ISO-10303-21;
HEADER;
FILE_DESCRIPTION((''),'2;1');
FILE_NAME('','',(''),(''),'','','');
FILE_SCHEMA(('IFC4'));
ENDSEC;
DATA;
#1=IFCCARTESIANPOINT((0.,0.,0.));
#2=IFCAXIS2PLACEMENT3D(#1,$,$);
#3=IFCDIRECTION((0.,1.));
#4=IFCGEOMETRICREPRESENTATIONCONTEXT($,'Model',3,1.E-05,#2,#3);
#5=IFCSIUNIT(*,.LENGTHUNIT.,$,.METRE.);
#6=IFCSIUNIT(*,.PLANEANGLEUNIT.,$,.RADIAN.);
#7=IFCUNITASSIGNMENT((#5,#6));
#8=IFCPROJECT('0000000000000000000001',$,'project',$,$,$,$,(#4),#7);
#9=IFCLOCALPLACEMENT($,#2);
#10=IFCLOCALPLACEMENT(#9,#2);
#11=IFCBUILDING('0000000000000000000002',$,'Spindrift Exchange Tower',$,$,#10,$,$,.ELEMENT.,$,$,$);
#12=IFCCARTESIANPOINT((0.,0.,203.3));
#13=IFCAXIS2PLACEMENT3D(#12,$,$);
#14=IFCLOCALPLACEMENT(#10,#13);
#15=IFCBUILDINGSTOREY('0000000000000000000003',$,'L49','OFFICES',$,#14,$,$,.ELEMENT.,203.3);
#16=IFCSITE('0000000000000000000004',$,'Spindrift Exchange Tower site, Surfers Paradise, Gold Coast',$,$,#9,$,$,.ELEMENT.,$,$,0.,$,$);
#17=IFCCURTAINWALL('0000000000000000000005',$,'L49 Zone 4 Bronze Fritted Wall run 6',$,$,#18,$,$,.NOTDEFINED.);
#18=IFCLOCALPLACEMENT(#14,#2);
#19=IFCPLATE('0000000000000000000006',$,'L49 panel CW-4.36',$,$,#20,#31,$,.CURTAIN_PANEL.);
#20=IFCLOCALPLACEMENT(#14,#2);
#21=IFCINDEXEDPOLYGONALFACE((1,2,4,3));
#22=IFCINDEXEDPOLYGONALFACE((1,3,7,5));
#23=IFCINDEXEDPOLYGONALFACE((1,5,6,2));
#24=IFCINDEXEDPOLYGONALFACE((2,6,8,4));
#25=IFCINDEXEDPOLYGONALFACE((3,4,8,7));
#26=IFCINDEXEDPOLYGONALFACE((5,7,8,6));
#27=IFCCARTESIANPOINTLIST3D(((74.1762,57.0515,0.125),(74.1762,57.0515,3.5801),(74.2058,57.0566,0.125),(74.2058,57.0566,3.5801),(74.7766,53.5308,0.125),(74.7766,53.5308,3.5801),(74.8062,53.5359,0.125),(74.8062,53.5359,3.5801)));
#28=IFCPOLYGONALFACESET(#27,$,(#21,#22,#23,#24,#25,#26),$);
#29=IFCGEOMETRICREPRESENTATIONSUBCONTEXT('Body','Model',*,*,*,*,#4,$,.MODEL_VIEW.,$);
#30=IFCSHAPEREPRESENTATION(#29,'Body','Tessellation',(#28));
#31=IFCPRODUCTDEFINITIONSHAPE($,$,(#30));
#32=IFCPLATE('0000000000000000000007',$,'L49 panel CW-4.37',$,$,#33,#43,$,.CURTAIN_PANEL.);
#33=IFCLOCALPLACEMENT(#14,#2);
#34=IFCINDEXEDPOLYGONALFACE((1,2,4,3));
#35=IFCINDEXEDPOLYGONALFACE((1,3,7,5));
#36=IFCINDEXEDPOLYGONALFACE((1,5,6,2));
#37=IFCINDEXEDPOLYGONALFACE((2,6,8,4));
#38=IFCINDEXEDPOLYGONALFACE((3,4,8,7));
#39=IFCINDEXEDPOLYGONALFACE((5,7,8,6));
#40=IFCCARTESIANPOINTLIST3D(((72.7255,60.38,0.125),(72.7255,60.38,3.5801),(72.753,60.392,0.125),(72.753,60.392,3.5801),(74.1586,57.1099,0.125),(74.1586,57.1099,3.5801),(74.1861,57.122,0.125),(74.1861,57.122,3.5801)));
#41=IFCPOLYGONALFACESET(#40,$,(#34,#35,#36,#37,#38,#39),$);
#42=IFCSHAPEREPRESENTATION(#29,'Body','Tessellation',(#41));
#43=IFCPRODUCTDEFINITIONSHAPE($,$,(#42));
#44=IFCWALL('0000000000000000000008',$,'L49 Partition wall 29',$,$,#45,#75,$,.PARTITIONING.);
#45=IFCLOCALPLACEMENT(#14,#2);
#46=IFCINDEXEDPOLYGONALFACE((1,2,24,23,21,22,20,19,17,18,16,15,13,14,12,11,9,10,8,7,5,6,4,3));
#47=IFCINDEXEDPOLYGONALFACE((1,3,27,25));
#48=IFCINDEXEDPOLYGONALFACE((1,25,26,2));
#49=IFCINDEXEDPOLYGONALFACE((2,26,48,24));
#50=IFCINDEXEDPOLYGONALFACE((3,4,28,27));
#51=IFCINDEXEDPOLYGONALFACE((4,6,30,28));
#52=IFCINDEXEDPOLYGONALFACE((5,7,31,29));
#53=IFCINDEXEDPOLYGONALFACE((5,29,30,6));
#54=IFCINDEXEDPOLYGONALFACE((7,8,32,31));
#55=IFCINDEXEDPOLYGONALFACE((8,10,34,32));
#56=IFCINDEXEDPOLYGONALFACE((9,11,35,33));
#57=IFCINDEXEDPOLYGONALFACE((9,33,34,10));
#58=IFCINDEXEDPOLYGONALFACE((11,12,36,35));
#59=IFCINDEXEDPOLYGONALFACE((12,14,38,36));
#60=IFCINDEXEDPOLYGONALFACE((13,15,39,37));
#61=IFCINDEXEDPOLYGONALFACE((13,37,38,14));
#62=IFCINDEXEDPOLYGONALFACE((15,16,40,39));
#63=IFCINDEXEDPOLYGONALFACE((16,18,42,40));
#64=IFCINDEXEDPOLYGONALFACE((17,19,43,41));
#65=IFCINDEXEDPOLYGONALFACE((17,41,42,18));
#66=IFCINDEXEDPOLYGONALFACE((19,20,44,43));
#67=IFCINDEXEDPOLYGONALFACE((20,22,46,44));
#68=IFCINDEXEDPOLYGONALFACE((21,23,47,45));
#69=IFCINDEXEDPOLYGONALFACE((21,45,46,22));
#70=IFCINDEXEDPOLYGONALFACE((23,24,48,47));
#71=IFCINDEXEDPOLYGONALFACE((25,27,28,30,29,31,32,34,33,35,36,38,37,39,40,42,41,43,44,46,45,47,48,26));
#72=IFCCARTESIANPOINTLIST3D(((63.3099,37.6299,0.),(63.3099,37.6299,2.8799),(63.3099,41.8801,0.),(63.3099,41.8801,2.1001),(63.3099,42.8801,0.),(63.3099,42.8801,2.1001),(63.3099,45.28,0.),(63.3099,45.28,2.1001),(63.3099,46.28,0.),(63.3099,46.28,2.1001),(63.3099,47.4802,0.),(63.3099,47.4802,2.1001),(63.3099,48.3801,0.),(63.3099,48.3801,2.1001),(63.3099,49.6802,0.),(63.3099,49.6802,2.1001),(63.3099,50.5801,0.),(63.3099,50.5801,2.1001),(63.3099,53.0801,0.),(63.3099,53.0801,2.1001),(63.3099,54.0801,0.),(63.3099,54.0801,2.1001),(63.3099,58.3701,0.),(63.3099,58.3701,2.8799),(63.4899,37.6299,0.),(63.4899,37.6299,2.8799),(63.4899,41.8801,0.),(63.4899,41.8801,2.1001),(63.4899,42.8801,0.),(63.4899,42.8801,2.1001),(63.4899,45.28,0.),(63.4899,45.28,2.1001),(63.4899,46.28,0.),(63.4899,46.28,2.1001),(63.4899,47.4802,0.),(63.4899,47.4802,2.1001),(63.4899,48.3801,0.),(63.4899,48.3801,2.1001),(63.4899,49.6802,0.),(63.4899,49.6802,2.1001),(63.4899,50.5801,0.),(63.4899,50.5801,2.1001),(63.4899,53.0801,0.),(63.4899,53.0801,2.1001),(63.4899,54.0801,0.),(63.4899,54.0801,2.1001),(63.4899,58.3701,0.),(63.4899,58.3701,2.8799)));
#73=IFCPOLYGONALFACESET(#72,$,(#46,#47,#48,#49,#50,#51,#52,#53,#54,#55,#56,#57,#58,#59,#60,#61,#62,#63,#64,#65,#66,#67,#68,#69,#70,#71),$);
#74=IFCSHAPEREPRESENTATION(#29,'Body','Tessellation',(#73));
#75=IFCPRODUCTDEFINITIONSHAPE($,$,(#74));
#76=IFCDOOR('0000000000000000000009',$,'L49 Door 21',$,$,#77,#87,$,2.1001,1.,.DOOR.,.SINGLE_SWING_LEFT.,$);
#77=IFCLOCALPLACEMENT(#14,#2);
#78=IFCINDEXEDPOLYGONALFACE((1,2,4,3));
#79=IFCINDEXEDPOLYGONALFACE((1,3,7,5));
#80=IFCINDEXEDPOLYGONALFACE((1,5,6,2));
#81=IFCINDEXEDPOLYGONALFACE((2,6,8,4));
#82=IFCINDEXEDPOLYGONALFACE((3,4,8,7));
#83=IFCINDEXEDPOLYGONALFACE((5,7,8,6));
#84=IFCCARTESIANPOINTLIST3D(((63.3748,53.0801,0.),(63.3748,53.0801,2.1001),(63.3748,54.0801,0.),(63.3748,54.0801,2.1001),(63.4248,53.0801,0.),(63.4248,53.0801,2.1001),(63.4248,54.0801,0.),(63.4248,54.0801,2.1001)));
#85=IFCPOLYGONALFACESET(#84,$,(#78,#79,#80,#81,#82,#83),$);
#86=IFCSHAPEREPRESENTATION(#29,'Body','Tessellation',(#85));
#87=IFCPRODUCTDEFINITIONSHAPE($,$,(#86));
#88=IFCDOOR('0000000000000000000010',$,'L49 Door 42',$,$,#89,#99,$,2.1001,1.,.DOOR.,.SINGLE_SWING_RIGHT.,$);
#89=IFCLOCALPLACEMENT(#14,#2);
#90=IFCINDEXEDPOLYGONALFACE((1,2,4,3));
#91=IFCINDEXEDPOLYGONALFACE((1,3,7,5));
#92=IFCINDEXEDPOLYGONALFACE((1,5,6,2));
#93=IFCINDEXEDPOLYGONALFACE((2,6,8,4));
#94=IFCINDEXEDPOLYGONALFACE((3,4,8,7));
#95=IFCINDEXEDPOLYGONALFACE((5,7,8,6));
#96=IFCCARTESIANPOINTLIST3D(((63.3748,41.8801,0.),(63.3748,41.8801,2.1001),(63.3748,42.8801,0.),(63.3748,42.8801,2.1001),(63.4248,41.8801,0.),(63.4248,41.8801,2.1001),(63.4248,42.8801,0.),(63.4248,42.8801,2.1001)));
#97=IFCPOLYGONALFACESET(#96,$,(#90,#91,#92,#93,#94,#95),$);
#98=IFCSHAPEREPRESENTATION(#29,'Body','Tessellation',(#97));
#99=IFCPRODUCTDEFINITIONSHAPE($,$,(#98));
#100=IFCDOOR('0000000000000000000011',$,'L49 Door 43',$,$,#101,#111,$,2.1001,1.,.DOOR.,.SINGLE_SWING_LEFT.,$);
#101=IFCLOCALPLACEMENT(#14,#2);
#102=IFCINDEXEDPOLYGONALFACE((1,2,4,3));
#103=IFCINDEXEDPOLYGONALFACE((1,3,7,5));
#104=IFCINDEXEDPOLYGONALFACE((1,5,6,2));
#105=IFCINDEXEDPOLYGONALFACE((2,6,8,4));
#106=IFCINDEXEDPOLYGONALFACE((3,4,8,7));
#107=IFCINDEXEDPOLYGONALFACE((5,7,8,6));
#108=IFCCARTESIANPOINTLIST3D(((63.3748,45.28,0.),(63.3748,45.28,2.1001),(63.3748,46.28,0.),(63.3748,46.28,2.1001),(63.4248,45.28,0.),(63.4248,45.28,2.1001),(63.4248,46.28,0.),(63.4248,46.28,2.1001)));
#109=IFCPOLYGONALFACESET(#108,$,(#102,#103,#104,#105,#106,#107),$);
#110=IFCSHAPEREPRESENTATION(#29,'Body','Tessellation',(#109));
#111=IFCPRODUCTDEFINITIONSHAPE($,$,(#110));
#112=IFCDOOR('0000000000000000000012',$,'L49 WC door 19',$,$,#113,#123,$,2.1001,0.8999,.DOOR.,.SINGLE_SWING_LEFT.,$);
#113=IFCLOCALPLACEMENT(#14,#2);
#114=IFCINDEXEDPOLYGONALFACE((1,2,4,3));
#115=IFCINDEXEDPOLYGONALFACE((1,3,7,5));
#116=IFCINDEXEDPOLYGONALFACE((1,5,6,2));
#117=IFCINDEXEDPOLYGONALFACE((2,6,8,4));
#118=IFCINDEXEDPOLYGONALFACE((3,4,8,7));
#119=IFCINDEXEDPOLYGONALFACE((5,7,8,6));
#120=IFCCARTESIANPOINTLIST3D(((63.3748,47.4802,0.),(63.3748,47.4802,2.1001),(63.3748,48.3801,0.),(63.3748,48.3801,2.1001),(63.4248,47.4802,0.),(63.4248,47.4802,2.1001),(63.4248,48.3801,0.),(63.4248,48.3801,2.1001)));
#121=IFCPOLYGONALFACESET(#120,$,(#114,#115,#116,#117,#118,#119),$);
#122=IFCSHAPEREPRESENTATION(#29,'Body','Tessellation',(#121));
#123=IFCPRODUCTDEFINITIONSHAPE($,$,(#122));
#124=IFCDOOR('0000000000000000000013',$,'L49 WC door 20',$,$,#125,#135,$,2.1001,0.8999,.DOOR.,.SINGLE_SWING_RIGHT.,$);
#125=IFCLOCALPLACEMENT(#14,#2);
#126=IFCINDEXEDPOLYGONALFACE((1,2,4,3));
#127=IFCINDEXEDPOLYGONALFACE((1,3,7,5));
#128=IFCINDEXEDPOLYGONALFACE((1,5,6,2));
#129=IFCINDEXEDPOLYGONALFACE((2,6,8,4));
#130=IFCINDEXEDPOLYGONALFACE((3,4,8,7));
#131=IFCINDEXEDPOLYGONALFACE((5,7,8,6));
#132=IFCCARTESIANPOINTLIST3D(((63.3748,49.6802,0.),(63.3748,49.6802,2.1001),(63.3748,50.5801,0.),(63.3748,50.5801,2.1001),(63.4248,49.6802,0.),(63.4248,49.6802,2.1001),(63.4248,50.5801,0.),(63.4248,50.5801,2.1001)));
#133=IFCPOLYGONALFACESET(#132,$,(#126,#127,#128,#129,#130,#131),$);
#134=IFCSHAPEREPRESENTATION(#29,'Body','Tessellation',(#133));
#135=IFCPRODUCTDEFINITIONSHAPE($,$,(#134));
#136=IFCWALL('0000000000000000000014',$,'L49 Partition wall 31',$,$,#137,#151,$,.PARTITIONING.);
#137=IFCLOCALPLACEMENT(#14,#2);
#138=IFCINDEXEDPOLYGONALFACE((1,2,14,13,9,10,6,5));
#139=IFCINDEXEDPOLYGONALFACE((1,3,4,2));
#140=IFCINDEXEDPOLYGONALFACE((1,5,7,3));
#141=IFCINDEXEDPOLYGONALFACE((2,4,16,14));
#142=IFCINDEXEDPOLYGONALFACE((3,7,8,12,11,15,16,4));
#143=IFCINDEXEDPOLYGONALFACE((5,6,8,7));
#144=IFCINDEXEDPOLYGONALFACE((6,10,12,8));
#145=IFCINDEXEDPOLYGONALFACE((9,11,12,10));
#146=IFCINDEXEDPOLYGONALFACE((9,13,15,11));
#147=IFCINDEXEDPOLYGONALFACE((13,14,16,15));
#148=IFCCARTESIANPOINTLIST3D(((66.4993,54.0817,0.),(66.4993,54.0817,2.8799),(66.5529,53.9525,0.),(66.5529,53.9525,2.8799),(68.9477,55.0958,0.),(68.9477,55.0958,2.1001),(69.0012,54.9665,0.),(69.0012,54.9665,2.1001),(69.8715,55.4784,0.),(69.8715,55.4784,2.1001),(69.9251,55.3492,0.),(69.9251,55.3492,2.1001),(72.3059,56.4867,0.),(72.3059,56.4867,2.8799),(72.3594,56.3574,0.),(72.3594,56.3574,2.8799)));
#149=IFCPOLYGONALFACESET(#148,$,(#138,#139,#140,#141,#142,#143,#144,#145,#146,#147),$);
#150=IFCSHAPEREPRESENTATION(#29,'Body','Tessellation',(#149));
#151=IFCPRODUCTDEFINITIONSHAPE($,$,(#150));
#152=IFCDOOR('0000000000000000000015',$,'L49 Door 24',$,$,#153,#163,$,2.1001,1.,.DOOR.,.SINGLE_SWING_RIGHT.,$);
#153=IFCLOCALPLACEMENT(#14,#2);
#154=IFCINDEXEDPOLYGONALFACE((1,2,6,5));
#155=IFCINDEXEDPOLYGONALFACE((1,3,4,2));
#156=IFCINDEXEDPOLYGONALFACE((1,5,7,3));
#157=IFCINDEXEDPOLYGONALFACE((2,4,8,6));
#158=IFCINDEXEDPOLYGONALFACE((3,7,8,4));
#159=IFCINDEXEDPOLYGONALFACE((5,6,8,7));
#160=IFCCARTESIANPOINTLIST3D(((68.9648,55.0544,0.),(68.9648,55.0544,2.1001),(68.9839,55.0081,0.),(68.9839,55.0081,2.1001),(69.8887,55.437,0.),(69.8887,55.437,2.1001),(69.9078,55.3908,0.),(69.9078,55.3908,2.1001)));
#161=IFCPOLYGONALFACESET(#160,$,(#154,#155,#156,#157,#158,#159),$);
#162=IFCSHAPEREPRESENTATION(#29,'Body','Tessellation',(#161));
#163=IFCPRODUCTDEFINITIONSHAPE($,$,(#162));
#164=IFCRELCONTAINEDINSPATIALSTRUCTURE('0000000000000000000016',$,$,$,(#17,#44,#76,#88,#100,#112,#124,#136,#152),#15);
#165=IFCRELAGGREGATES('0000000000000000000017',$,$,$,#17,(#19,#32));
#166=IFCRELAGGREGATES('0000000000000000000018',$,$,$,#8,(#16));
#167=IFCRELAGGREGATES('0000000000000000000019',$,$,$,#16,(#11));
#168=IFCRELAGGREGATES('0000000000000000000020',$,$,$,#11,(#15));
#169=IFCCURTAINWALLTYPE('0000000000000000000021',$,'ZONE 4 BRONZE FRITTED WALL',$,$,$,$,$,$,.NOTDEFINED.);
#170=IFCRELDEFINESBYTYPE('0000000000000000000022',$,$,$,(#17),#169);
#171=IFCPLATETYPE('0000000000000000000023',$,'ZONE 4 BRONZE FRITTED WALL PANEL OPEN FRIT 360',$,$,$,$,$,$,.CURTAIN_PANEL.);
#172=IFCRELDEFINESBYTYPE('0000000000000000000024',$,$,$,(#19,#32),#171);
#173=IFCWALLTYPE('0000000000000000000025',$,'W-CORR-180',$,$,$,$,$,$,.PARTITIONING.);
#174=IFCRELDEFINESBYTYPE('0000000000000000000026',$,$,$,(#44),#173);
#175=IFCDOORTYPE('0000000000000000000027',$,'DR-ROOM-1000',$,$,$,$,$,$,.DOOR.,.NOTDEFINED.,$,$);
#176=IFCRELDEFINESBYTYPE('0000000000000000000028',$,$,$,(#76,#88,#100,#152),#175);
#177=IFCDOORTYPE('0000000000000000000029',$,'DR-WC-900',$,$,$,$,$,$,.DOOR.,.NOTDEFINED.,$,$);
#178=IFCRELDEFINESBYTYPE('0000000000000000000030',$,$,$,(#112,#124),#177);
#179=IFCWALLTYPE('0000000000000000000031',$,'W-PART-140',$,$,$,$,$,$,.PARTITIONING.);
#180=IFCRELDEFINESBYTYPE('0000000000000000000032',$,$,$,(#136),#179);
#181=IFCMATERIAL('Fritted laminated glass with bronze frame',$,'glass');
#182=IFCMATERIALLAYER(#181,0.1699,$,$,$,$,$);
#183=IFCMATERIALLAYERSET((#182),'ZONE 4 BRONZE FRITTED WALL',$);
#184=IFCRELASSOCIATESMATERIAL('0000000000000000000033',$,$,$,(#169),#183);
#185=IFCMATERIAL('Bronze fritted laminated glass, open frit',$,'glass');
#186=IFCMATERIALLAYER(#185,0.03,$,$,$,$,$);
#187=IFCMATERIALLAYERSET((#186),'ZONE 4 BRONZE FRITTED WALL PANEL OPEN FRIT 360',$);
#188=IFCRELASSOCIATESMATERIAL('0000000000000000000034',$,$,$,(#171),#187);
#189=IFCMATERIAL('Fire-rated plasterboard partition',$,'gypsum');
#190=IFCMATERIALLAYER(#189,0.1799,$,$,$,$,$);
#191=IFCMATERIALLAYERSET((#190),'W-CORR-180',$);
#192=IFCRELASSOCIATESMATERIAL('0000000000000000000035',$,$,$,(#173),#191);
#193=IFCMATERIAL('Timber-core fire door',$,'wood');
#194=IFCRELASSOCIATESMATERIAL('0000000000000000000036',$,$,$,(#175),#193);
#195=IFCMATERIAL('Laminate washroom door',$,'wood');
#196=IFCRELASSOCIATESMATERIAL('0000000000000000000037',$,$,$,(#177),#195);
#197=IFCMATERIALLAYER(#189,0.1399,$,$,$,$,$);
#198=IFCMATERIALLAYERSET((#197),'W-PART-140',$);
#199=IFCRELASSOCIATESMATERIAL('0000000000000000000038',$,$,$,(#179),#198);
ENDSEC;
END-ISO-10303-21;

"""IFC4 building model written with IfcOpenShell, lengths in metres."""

from ifc_helpers import new_model, si_unit, direction, frame, frame_2d, origin, origin_2d, place, context, subcontext, project, spatial, rectangle, extrude, source, transform, mapped, material, layer, layer_set, type_object, element, fill, aggregate, save


model = new_model("IFC4")

# Units and contexts
model_context = context("Model", 3, precision=1e-05, world=origin(), true_north=direction((0.0, 1.0)))
body_context = subcontext(model_context, "Body", "Model", "MODEL_VIEW")
ifc_project = project(units=[si_unit("LENGTHUNIT", "METRE"), si_unit("PLANEANGLEUNIT", "RADIAN")], contexts=[model_context])

# Site, building, storey
site_placement = place(None, origin())
site = spatial("IfcSite", under=ifc_project, at=site_placement, Name="Spindrift Exchange Tower site, Surfers Paradise, Gold Coast", CompositionType="ELEMENT", RefElevation=0.0)
building_placement = place(site_placement, origin())
building = spatial("IfcBuilding", under=site, at=building_placement, Name="Spindrift Exchange Tower", CompositionType="ELEMENT")
storey_placement = place(building_placement, frame((0.0, 0.0, 203.3)))
storey = spatial("IfcBuildingStorey", under=building, at=storey_placement, Name="L49", Description="OFFICES", CompositionType="ELEMENT", Elevation=203.3)

# Curtain wall, plates
ifc_material_1 = material(Name="Fritted laminated glass with bronze frame", Category="glass")
ifc_layer_1 = layer(ifc_material_1, 0.1699)
ifc_layer_set_1 = layer_set([ifc_layer_1], Name="ZONE 4 BRONZE FRITTED WALL")
curtain_wall_type = type_object("IfcCurtainWallType", Name="ZONE 4 BRONZE FRITTED WALL", PredefinedType="NOTDEFINED", material=ifc_layer_set_1)
curtain_wall_placement = place(storey_placement, origin())
curtain_wall = element("IfcCurtainWall", 1, at=curtain_wall_placement, inside=storey, type_object=curtain_wall_type, Name="L49 Zone 4 Bronze Fritted Wall run 6", PredefinedType="NOTDEFINED")
ifc_material_2 = material(Name="Bronze fritted laminated glass, open frit", Category="glass")
ifc_layer_2 = layer(ifc_material_2, 0.03)
ifc_layer_set_2 = layer_set([ifc_layer_2], Name="ZONE 4 BRONZE FRITTED WALL PANEL OPEN FRIT 360")
plate_type_1 = type_object("IfcPlateType", Name="ZONE 4 BRONZE FRITTED WALL PANEL OPEN FRIT 360", PredefinedType="CURTAIN_PANEL", material=ifc_layer_set_2)
shared_shape_1 = source(origin(), body_context, "Body", "SweptSolid", [
    extrude(rectangle(XDim=3.5715, YDim=0.03, at=origin_2d()), origin(), (0.0, 0.0, 1.0), 3.4551),
])
plate_1_placement = place(storey_placement, frame((74.4912, 55.2937, 0.125), z_axis=(0.0, 0.0, 1.0), x_axis=(-0.168126, 0.985765, 0.0)))
plate_1 = element("IfcPlate", 2, at=plate_1_placement, type_object=plate_type_1, Name="L49 panel CW-4.36", PredefinedType="CURTAIN_PANEL", context=body_context, shape_type="MappedRepresentation", body=[
    mapped(shared_shape_1, transform((0.0, 0.0, 0.0), scale=1.0)),
])
shared_shape_2 = source(origin(), body_context, "Body", "SweptSolid", [
    extrude(rectangle(XDim=3.5703, YDim=0.03, at=origin_2d()), origin(), (0.0, 0.0, 1.0), 3.4551),
])
plate_2_placement = place(storey_placement, frame((73.4558, 58.751, 0.125), z_axis=(0.0, 0.0, 1.0), x_axis=(-0.401406, 0.9159, 0.0)))
plate_2 = element("IfcPlate", 3, at=plate_2_placement, type_object=plate_type_1, Name="L49 panel CW-4.37", PredefinedType="CURTAIN_PANEL", context=body_context, shape_type="MappedRepresentation", body=[
    mapped(shared_shape_2, transform((0.0, 0.0, 0.0), scale=1.0)),
])
aggregate(curtain_wall, [plate_1, plate_2])

# Wall, openings, doors
ifc_material_3 = material(Name="Fire-rated plasterboard partition", Category="gypsum")
ifc_layer_3 = layer(ifc_material_3, 0.1799)
ifc_layer_set_3 = layer_set([ifc_layer_3], Name="W-CORR-180")
wall_type_1 = type_object("IfcWallType", Name="W-CORR-180", PredefinedType="PARTITIONING", material=ifc_layer_set_3)
wall_1_placement = place(storey_placement, frame((63.3999, 58.3701, 0.0), z_axis=(0.0, 0.0, 1.0), x_axis=(0.0, -1.0, 0.0)))
wall_1 = element("IfcWall", 4, at=wall_1_placement, inside=storey, type_object=wall_type_1, Name="L49 Partition wall 29", PredefinedType="PARTITIONING", context=body_context, shape_type="SweptSolid", body=[
    extrude(rectangle(XDim=20.7402, YDim=0.1799, at=frame_2d((10.3701, 0.0))), origin(), (0.0, 0.0, 1.0), 2.8799),
])
opening_1_placement = place(wall_1_placement, frame((9.99, 0.0, 0.0)))
opening_1 = element("IfcOpeningElement", 5, at=opening_1_placement, cuts=wall_1, PredefinedType="OPENING", context=body_context, shape_type="SweptSolid", body=[
    extrude(rectangle(XDim=0.8999, YDim=2.1001, at=frame_2d((0.45, 1.05))), frame((0.0, 0.0999, 0.0), z_axis=(0.0, -1.0, 0.0), x_axis=(1.0, 0.0, 0.0)), (0.0, 0.0, 1.0), 0.2),
])
opening_2_placement = place(wall_1_placement, frame((7.79, 0.0, 0.0)))
opening_2 = element("IfcOpeningElement", 6, at=opening_2_placement, cuts=wall_1, PredefinedType="OPENING", context=body_context, shape_type="SweptSolid", body=[
    extrude(rectangle(XDim=0.8999, YDim=2.1001, at=frame_2d((0.45, 1.05))), frame((0.0, 0.0999, 0.0), z_axis=(0.0, -1.0, 0.0), x_axis=(1.0, 0.0, 0.0)), (0.0, 0.0, 1.0), 0.2),
])
opening_3_placement = place(wall_1_placement, frame((4.29, 0.0, 0.0)))
opening_3 = element("IfcOpeningElement", 7, at=opening_3_placement, cuts=wall_1, PredefinedType="OPENING", context=body_context, shape_type="SweptSolid", body=[
    extrude(rectangle(XDim=1.0, YDim=2.1001, at=frame_2d((0.5, 1.05))), frame((0.0, 0.0999, 0.0), z_axis=(0.0, -1.0, 0.0), x_axis=(1.0, 0.0, 0.0)), (0.0, 0.0, 1.0), 0.2),
])
opening_4_placement = place(wall_1_placement, frame((15.49, 0.0, 0.0)))
opening_4 = element("IfcOpeningElement", 8, at=opening_4_placement, cuts=wall_1, PredefinedType="OPENING", context=body_context, shape_type="SweptSolid", body=[
    extrude(rectangle(XDim=1.0, YDim=2.1001, at=frame_2d((0.5, 1.05))), frame((0.0, 0.0999, 0.0), z_axis=(0.0, -1.0, 0.0), x_axis=(1.0, 0.0, 0.0)), (0.0, 0.0, 1.0), 0.2),
])
opening_5_placement = place(wall_1_placement, frame((12.0901, 0.0, 0.0)))
opening_5 = element("IfcOpeningElement", 9, at=opening_5_placement, cuts=wall_1, PredefinedType="OPENING", context=body_context, shape_type="SweptSolid", body=[
    extrude(rectangle(XDim=1.0, YDim=2.1001, at=frame_2d((0.5, 1.05))), frame((0.0, 0.0999, 0.0), z_axis=(0.0, -1.0, 0.0), x_axis=(1.0, 0.0, 0.0)), (0.0, 0.0, 1.0), 0.2),
])
ifc_material_4 = material(Name="Timber-core fire door", Category="wood")
door_type_1 = type_object("IfcDoorType", Name="DR-ROOM-1000", OperationType="NOTDEFINED", PredefinedType="DOOR", material=ifc_material_4)
shared_shape_3 = source(origin(), body_context, "Body", "SweptSolid", [
    extrude(rectangle(XDim=1.0, YDim=2.1001, at=frame_2d((0.5, 1.05))), frame((0.0, 0.0249, 0.0), z_axis=(0.0, -1.0, 0.0), x_axis=(1.0, 0.0, 0.0)), (0.0, 0.0, 1.0), 0.05),
])
door_1_placement = place(opening_3_placement, origin())
door_1 = element("IfcDoor", 10, at=door_1_placement, inside=storey, type_object=door_type_1, Name="L49 Door 21", OperationType="SINGLE_SWING_LEFT", OverallHeight=2.1001, OverallWidth=1.0, PredefinedType="DOOR", context=body_context, shape_type="MappedRepresentation", body=[
    mapped(shared_shape_3, transform((0.0, 0.0, 0.0), scale=1.0)),
])
fill(opening_3, door_1)
door_2_placement = place(opening_4_placement, origin())
door_2 = element("IfcDoor", 11, at=door_2_placement, inside=storey, type_object=door_type_1, Name="L49 Door 42", OperationType="SINGLE_SWING_RIGHT", OverallHeight=2.1001, OverallWidth=1.0, PredefinedType="DOOR", context=body_context, shape_type="MappedRepresentation", body=[
    mapped(shared_shape_3, transform((0.0, 0.0, 0.0), scale=1.0)),
])
fill(opening_4, door_2)
door_3_placement = place(opening_5_placement, origin())
door_3 = element("IfcDoor", 12, at=door_3_placement, inside=storey, type_object=door_type_1, Name="L49 Door 43", OperationType="SINGLE_SWING_LEFT", OverallHeight=2.1001, OverallWidth=1.0, PredefinedType="DOOR", context=body_context, shape_type="MappedRepresentation", body=[
    mapped(shared_shape_3, transform((0.0, 0.0, 0.0), scale=1.0)),
])
fill(opening_5, door_3)
ifc_material_5 = material(Name="Laminate washroom door", Category="wood")
door_type_2 = type_object("IfcDoorType", Name="DR-WC-900", OperationType="NOTDEFINED", PredefinedType="DOOR", material=ifc_material_5)
shared_shape_4 = source(origin(), body_context, "Body", "SweptSolid", [
    extrude(rectangle(XDim=0.8999, YDim=2.1001, at=frame_2d((0.45, 1.05))), frame((0.0, 0.0249, 0.0), z_axis=(0.0, -1.0, 0.0), x_axis=(1.0, 0.0, 0.0)), (0.0, 0.0, 1.0), 0.05),
])
door_4_placement = place(opening_1_placement, origin())
door_4 = element("IfcDoor", 13, at=door_4_placement, inside=storey, type_object=door_type_2, Name="L49 WC door 19", OperationType="SINGLE_SWING_LEFT", OverallHeight=2.1001, OverallWidth=0.8999, PredefinedType="DOOR", context=body_context, shape_type="MappedRepresentation", body=[
    mapped(shared_shape_4, transform((0.0, 0.0, 0.0), scale=1.0)),
])
fill(opening_1, door_4)
door_5_placement = place(opening_2_placement, origin())
door_5 = element("IfcDoor", 14, at=door_5_placement, inside=storey, type_object=door_type_2, Name="L49 WC door 20", OperationType="SINGLE_SWING_RIGHT", OverallHeight=2.1001, OverallWidth=0.8999, PredefinedType="DOOR", context=body_context, shape_type="MappedRepresentation", body=[
    mapped(shared_shape_4, transform((0.0, 0.0, 0.0), scale=1.0)),
])
fill(opening_2, door_5)

# Wall, opening, door
ifc_layer_4 = layer(ifc_material_3, 0.1399)
ifc_layer_set_4 = layer_set([ifc_layer_4], Name="W-PART-140")
wall_type_2 = type_object("IfcWallType", Name="W-PART-140", PredefinedType="PARTITIONING", material=ifc_layer_set_4)
wall_2_placement = place(storey_placement, frame((72.3328, 56.4221, 0.0), z_axis=(0.0, 0.0, 1.0), x_axis=(-0.923889, -0.382662, 0.0)))
wall_2 = element("IfcWall", 15, at=wall_2_placement, inside=storey, type_object=wall_type_2, Name="L49 Partition wall 31", PredefinedType="PARTITIONING", context=body_context, shape_type="SweptSolid", body=[
    extrude(rectangle(XDim=6.2849, YDim=0.1399, at=frame_2d((3.1426, 0.0))), origin(), (0.0, 0.0, 1.0), 2.8799),
])
opening_6_placement = place(wall_2_placement, frame((2.635, 0.0, 0.0)))
opening_6 = element("IfcOpeningElement", 16, at=opening_6_placement, cuts=wall_2, PredefinedType="OPENING", context=body_context, shape_type="SweptSolid", body=[
    extrude(rectangle(XDim=1.0, YDim=2.1001, at=frame_2d((0.5, 1.05))), frame((0.0, 0.0798, 0.0), z_axis=(0.0, -1.0, 0.0), x_axis=(1.0, 0.0, 0.0)), (0.0, 0.0, 1.0), 0.1599),
])
door_6_placement = place(opening_6_placement, origin())
door_6 = element("IfcDoor", 17, at=door_6_placement, inside=storey, type_object=door_type_1, Name="L49 Door 24", OperationType="SINGLE_SWING_RIGHT", OverallHeight=2.1001, OverallWidth=1.0, PredefinedType="DOOR", context=body_context, shape_type="MappedRepresentation", body=[
    mapped(shared_shape_3, transform((0.0, 0.0, 0.0), scale=1.0)),
])
fill(opening_6, door_6)

save(model, "model.ifc")
